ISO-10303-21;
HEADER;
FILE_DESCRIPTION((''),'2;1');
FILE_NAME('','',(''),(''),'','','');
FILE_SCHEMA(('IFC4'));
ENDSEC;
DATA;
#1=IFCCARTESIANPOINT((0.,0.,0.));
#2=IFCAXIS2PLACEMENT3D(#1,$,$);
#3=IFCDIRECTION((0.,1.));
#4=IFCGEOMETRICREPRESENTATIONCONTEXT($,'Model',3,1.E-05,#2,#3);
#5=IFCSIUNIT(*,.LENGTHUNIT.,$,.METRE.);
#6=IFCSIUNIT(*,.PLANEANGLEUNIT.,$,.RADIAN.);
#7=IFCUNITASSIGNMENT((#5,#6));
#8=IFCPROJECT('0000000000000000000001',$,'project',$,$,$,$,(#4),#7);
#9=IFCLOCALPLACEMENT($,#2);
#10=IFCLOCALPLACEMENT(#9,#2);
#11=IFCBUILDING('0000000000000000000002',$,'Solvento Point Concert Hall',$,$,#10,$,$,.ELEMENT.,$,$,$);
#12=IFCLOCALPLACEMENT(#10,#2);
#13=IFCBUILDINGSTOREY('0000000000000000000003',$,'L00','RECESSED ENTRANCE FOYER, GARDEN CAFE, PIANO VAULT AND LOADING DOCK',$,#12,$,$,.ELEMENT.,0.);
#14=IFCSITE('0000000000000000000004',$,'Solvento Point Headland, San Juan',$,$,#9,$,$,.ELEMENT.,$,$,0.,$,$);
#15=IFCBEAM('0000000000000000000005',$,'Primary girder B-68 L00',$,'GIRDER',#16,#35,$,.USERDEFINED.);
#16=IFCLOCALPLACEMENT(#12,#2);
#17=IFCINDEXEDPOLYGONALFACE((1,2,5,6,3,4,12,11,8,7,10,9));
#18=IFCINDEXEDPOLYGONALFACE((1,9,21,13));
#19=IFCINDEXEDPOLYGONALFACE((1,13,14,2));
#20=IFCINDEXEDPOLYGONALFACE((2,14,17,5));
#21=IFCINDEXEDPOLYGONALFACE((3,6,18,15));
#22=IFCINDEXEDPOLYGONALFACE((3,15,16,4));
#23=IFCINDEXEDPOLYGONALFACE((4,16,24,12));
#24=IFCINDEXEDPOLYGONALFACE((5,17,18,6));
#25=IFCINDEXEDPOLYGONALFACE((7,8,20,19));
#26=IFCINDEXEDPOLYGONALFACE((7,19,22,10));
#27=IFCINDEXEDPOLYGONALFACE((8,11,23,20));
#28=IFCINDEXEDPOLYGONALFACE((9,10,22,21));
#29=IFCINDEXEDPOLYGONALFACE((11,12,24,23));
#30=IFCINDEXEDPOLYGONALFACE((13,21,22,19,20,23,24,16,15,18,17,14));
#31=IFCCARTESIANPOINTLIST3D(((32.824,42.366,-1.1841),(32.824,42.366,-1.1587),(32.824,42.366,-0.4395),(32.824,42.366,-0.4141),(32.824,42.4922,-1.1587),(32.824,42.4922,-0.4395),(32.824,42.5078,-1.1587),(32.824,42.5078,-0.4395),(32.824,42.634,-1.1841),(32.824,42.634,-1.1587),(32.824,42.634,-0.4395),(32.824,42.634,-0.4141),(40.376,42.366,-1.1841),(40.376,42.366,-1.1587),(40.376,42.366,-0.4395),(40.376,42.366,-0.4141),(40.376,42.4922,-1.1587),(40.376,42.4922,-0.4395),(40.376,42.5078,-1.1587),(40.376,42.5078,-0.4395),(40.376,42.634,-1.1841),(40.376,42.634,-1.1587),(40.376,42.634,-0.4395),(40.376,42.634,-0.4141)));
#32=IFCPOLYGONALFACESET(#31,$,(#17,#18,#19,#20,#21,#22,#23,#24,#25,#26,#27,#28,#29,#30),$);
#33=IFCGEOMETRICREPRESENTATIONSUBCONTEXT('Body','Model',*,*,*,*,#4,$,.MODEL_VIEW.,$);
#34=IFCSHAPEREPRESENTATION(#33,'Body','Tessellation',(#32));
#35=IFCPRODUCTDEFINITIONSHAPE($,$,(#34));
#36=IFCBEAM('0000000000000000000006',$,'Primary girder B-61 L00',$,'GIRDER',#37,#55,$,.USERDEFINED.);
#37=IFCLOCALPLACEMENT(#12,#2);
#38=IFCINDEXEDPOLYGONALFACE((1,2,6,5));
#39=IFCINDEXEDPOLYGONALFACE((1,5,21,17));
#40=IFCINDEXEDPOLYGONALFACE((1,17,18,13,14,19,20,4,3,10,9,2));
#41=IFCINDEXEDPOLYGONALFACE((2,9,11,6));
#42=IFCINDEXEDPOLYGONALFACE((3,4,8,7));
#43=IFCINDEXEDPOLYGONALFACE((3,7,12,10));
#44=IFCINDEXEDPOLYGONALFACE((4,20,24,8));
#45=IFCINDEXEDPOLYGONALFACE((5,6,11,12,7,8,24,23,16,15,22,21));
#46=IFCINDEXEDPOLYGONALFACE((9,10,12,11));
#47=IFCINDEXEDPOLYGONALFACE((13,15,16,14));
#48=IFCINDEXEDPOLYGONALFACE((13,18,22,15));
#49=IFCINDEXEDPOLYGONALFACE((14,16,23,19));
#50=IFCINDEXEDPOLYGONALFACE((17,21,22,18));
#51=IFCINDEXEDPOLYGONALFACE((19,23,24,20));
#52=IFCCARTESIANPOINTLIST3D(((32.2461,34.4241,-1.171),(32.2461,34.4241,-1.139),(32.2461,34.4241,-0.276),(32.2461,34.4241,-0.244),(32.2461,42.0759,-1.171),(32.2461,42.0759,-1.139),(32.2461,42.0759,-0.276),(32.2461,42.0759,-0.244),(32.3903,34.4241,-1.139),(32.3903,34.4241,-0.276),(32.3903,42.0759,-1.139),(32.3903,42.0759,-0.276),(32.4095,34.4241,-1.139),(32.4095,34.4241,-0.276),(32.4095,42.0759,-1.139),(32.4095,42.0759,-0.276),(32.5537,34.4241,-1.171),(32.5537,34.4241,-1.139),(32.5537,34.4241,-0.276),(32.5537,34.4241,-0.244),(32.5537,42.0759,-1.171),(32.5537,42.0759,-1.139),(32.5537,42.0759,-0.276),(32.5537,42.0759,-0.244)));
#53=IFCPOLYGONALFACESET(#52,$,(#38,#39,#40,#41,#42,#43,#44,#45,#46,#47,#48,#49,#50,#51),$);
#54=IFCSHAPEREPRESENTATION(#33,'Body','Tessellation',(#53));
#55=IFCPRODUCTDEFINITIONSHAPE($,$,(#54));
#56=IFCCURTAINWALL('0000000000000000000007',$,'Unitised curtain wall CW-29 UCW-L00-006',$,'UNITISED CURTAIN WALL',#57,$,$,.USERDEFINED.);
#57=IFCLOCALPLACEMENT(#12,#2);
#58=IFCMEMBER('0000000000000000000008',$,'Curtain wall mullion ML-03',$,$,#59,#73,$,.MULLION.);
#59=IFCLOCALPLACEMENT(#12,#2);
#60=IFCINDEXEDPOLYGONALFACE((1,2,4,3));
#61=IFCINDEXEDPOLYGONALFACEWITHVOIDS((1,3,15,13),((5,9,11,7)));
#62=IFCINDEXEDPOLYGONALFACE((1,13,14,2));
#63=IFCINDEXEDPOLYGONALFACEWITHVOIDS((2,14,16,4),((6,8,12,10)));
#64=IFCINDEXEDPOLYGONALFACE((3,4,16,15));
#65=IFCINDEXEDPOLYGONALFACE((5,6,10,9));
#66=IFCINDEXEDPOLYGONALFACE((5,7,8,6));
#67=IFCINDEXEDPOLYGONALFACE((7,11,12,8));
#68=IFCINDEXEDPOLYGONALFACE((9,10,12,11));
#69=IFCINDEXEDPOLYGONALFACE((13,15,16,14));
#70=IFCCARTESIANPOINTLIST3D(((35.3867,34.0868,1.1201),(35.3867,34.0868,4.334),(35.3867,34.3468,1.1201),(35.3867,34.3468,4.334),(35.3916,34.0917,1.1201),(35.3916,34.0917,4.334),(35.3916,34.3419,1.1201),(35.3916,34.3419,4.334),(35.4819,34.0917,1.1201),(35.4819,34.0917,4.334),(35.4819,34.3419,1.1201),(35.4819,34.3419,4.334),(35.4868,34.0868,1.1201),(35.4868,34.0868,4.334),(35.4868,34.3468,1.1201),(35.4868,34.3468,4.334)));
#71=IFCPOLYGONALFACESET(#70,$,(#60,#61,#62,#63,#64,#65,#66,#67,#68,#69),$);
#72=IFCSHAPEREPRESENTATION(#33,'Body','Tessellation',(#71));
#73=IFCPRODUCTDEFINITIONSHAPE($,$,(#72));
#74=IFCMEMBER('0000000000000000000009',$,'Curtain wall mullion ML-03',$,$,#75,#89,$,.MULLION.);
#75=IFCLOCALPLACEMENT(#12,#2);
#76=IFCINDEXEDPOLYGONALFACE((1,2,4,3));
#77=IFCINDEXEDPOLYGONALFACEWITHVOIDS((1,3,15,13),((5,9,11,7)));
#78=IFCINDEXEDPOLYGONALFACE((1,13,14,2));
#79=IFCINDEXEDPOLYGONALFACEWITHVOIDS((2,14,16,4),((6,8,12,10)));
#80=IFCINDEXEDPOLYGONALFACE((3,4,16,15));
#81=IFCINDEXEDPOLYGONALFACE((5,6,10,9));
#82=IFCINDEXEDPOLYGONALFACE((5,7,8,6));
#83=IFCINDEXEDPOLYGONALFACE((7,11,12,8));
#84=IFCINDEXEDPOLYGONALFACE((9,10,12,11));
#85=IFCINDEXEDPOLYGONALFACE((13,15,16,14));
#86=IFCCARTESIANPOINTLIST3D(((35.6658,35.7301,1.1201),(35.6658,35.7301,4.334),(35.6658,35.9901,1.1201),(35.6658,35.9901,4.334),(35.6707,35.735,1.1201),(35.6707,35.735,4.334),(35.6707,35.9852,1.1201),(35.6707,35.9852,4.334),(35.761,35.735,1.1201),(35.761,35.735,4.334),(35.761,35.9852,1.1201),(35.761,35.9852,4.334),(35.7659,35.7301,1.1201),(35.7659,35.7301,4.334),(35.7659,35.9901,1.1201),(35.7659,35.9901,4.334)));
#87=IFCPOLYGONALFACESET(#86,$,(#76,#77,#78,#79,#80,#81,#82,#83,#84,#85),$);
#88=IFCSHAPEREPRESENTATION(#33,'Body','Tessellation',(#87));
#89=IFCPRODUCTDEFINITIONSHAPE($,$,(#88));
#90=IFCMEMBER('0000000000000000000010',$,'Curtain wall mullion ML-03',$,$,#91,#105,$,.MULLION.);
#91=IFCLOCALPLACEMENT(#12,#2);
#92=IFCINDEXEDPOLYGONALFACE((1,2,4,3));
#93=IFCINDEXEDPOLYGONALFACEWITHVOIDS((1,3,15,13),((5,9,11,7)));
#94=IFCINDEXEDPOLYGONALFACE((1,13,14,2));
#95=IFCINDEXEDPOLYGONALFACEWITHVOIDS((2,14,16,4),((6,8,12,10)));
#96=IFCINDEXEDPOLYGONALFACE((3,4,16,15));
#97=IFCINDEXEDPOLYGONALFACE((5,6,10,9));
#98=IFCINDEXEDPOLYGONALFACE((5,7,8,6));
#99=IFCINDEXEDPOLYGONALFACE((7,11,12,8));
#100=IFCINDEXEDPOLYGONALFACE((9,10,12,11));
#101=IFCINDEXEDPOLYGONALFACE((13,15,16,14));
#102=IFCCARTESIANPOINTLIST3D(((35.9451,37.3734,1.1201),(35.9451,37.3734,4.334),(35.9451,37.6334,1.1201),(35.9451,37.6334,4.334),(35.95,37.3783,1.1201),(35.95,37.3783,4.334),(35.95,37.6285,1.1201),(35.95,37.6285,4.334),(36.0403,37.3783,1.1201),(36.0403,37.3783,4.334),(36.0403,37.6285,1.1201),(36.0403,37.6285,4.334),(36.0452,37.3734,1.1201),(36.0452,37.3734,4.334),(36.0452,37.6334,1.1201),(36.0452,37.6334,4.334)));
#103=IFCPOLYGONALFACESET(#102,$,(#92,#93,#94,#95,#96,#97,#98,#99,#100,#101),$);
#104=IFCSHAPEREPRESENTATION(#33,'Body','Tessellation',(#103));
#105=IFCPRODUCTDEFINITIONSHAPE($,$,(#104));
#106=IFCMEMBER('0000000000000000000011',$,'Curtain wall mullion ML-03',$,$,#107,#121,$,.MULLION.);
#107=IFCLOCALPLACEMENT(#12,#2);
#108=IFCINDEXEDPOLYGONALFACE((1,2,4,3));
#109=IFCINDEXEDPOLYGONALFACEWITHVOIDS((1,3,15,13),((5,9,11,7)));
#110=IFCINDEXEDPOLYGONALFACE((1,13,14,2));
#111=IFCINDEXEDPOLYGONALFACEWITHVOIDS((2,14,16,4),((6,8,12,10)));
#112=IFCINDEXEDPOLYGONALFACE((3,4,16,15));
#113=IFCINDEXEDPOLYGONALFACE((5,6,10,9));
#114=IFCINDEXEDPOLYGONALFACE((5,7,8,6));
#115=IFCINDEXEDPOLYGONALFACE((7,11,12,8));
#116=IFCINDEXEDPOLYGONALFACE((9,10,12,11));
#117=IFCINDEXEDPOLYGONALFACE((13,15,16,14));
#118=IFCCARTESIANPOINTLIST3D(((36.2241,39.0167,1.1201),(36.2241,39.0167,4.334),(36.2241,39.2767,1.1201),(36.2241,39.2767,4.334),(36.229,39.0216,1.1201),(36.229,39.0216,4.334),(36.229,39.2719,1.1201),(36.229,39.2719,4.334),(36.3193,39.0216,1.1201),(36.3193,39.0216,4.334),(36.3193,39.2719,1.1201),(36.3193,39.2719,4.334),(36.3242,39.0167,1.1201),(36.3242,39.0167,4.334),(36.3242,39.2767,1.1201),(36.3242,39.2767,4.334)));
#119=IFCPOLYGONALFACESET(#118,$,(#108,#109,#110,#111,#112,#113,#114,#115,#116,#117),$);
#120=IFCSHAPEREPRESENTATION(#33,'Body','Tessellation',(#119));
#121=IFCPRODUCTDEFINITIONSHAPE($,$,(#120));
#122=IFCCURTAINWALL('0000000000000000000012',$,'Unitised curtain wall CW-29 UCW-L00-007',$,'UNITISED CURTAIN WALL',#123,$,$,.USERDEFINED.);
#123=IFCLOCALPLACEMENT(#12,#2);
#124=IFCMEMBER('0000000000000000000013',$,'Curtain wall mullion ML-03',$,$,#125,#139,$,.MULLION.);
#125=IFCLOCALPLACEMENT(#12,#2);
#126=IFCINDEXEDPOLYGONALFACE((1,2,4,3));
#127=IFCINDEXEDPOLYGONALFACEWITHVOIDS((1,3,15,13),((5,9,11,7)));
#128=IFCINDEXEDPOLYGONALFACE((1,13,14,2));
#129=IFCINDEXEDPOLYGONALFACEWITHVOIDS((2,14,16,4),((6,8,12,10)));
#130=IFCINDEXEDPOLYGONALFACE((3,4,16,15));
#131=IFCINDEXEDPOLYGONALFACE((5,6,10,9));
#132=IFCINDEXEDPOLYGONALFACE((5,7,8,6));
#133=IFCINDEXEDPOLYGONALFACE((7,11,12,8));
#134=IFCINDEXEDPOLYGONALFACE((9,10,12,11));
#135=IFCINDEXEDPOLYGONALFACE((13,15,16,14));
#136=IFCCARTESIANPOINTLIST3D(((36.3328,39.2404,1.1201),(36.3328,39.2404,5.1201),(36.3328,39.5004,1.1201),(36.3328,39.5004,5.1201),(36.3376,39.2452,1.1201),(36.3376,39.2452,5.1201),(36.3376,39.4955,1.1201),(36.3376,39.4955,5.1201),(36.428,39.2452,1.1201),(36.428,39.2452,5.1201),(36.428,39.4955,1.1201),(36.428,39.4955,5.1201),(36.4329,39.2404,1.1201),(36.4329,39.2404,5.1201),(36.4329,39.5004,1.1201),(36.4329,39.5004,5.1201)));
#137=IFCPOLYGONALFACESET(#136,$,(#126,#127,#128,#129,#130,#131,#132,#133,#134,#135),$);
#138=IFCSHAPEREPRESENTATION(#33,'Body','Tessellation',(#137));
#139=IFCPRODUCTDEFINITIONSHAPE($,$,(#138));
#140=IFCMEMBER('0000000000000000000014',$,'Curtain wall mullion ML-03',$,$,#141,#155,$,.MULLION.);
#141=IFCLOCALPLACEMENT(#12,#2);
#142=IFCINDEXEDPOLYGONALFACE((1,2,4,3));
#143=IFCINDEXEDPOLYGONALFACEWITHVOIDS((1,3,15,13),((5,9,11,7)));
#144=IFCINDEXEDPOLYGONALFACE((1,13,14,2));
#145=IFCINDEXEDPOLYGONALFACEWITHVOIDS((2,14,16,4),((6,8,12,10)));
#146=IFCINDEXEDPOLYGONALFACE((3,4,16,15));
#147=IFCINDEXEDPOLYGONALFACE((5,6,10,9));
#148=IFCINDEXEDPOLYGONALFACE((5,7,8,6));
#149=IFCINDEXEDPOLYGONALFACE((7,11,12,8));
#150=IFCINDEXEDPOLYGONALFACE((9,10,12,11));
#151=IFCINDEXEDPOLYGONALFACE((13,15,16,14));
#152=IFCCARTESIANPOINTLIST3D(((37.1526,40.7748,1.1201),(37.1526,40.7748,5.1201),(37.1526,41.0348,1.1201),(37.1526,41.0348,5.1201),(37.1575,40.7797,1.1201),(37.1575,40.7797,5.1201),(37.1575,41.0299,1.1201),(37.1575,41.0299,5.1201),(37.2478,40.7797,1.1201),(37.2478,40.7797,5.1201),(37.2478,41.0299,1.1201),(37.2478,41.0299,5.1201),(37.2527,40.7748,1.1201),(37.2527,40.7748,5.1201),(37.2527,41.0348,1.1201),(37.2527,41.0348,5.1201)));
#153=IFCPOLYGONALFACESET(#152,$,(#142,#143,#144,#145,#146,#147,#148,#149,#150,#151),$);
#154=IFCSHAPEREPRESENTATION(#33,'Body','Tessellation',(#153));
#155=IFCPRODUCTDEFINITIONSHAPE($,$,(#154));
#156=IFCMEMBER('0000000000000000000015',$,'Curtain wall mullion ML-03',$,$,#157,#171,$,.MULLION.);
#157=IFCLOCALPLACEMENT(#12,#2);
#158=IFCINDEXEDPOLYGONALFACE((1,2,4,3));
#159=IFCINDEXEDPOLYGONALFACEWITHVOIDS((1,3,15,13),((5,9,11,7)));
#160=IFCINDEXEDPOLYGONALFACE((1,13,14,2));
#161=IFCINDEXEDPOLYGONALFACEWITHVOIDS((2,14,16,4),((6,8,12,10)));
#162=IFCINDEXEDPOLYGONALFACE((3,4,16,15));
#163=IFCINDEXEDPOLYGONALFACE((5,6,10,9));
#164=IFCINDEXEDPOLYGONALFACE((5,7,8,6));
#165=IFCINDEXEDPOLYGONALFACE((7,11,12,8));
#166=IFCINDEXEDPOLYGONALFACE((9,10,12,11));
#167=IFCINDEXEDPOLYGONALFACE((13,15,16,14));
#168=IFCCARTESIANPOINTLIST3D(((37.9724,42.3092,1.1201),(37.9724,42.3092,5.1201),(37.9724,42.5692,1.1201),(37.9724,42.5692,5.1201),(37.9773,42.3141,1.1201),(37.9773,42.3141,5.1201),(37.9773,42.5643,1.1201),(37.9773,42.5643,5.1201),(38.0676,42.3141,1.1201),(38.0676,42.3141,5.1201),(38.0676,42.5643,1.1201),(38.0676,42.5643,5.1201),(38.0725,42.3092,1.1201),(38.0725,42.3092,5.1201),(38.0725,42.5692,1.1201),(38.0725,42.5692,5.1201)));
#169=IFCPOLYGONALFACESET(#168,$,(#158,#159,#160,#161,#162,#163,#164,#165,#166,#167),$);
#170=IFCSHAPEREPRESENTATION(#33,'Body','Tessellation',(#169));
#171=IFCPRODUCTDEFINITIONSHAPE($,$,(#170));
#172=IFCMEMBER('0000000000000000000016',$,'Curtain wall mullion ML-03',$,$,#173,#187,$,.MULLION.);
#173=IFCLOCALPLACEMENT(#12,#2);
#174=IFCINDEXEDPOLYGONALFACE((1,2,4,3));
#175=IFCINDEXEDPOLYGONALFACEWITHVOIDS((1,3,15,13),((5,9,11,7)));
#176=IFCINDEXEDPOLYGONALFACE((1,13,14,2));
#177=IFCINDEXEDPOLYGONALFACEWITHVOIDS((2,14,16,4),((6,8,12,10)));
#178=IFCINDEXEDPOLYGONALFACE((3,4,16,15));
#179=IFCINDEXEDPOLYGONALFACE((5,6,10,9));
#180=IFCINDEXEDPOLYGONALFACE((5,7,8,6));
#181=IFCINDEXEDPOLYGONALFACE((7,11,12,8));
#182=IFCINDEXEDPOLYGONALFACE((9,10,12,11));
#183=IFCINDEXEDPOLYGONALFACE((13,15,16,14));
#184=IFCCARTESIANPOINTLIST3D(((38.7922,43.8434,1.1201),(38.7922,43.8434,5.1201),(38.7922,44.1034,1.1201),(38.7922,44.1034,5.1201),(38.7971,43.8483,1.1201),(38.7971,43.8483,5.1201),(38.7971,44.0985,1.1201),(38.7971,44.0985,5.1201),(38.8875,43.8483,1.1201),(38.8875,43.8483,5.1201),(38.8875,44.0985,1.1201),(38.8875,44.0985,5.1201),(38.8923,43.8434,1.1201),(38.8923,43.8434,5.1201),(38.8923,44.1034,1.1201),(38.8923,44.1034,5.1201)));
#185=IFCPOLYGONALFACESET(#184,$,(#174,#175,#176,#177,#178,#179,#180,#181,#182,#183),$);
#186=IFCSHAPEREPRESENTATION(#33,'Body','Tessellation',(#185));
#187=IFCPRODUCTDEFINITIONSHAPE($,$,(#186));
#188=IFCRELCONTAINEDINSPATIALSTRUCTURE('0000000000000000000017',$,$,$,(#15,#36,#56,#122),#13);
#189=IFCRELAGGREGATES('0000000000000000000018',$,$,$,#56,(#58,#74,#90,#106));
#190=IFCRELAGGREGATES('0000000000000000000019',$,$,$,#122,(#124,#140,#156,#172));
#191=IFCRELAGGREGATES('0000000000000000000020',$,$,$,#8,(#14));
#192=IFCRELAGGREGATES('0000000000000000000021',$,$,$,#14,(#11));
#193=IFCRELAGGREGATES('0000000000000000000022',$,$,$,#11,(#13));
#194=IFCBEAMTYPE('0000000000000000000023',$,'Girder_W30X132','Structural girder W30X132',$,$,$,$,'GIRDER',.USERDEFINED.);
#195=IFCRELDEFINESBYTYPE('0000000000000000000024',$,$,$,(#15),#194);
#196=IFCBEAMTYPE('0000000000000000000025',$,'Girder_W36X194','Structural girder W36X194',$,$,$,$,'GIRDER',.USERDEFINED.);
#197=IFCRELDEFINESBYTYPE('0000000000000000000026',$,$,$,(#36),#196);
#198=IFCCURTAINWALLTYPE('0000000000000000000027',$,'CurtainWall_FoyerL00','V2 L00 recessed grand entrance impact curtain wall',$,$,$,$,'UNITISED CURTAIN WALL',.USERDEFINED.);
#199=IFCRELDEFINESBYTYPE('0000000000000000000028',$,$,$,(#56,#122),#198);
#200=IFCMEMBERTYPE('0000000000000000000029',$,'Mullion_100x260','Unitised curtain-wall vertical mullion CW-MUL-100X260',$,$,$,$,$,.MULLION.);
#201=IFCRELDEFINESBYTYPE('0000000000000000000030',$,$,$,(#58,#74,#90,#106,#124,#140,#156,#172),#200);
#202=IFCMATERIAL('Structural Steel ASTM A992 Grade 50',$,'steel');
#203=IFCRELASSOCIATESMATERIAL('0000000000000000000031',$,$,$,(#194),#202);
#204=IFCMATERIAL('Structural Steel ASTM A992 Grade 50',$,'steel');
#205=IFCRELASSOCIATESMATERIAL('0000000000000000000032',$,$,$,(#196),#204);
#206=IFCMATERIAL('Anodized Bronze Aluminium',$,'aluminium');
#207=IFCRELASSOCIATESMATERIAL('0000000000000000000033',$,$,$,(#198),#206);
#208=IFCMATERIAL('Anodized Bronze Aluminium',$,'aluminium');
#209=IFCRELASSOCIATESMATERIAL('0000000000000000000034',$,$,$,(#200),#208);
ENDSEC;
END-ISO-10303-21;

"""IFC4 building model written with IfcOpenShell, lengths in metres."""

from ifc_helpers import new_model, si_unit, direction, frame, origin, origin_2d, place, context, subcontext, project, spatial, hollow_rectangle, i_section, extrude, material, material_profile, profile_set, type_object, element, aggregate, save


model = new_model("IFC4")

# Units and contexts
model_context = context("Model", 3, precision=1e-05, world=origin(), true_north=direction((0.0, 1.0)))
body_context = subcontext(model_context, "Body", "Model", "MODEL_VIEW")
ifc_project = project(units=[si_unit("LENGTHUNIT", "METRE"), si_unit("PLANEANGLEUNIT", "RADIAN")], contexts=[model_context])

# Site, building, storey
site_placement = place(None, origin())
site = spatial("IfcSite", under=ifc_project, at=site_placement, Name="Solvento Point Headland, San Juan", CompositionType="ELEMENT", RefElevation=0.0)
building_placement = place(site_placement, origin())
building = spatial("IfcBuilding", under=site, at=building_placement, Name="Solvento Point Concert Hall", CompositionType="ELEMENT")
storey_placement = place(building_placement, origin())
storey = spatial("IfcBuildingStorey", under=building, at=storey_placement, Name="L00", Description="RECESSED ENTRANCE FOYER, GARDEN CAFE, PIANO VAULT AND LOADING DOCK", CompositionType="ELEMENT", Elevation=0.0)

# Beams
ifc_material_1 = material(Name="Structural Steel ASTM A992 Grade 50", Category="steel")
ifc_material_profile_1 = material_profile(ifc_material_1, i_section(OverallWidth=0.2681, OverallDepth=0.77, WebThickness=0.0156, FlangeThickness=0.0254, at=origin_2d()), Name="W30X132")
ifc_profile_set_1 = profile_set([ifc_material_profile_1], Name="Structural Steel ASTM A992 Grade 50")
beam_type_1 = type_object("IfcBeamType", Name="Girder_W30X132", Description="Structural girder W30X132", ElementType="GIRDER", PredefinedType="USERDEFINED", material=ifc_profile_set_1)
beam_1_placement = place(storey_placement, frame((32.824, 42.5, -0.7991), z_axis=(1.0, 0.0, 0.0), x_axis=(0.0, 1.0, 0.0)))
element("IfcBeam", 1, at=beam_1_placement, inside=storey, type_object=beam_type_1, Name="Primary girder B-68 L00", ObjectType="GIRDER", PredefinedType="USERDEFINED", context=body_context, shape_type="SweptSolid", body=[
    extrude(i_section(OverallWidth=0.2681, OverallDepth=0.77, WebThickness=0.0156, FlangeThickness=0.0254, at=origin_2d()), origin(), (0.0, 0.0, 1.0), 7.552),
])
ifc_material_2 = material(Name="Structural Steel ASTM A992 Grade 50", Category="steel")
ifc_material_profile_2 = material_profile(ifc_material_2, i_section(OverallWidth=0.3076, OverallDepth=0.927, WebThickness=0.0193, FlangeThickness=0.032, at=origin_2d()), Name="W36X194")
ifc_profile_set_2 = profile_set([ifc_material_profile_2], Name="Structural Steel ASTM A992 Grade 50")
beam_type_2 = type_object("IfcBeamType", Name="Girder_W36X194", Description="Structural girder W36X194", ElementType="GIRDER", PredefinedType="USERDEFINED", material=ifc_profile_set_2)
beam_2_placement = place(storey_placement, frame((32.3999, 34.4241, -0.7075), z_axis=(0.0, 1.0, 0.0), x_axis=(-1.0, 0.0, 0.0)))
element("IfcBeam", 2, at=beam_2_placement, inside=storey, type_object=beam_type_2, Name="Primary girder B-61 L00", ObjectType="GIRDER", PredefinedType="USERDEFINED", context=body_context, shape_type="SweptSolid", body=[
    extrude(i_section(OverallWidth=0.3076, OverallDepth=0.927, WebThickness=0.0193, FlangeThickness=0.032, at=origin_2d()), origin(), (0.0, 0.0, 1.0), 7.6519),
])

# Curtain walls, members
ifc_material_3 = material(Name="Anodized Bronze Aluminium", Category="aluminium")
curtain_wall_type = type_object("IfcCurtainWallType", Name="CurtainWall_FoyerL00", Description="V2 L00 recessed grand entrance impact curtain wall", ElementType="UNITISED CURTAIN WALL", PredefinedType="USERDEFINED", material=ifc_material_3)
curtain_wall_1_placement = place(storey_placement, origin())
curtain_wall_1 = element("IfcCurtainWall", 3, at=curtain_wall_1_placement, inside=storey, type_object=curtain_wall_type, Name="Unitised curtain wall CW-29 UCW-L00-006", ObjectType="UNITISED CURTAIN WALL", PredefinedType="USERDEFINED")
ifc_material_4 = material(Name="Anodized Bronze Aluminium", Category="aluminium")
ifc_material_profile_3 = material_profile(ifc_material_4, hollow_rectangle(XDim=0.1001, YDim=0.26, WallThickness=0.0049, at=origin_2d()), Name="CW-MUL-100X260")
ifc_profile_set_3 = profile_set([ifc_material_profile_3], Name="Anodized Bronze Aluminium")
member_type_1 = type_object("IfcMemberType", Name="Mullion_100x260", Description="Unitised curtain-wall vertical mullion CW-MUL-100X260", PredefinedType="MULLION", material=ifc_profile_set_3)
member_1_placement = place(storey_placement, frame((35.4368, 34.2168, 1.1201), z_axis=(0.0, 0.0, 1.0), x_axis=(1.0, 0.0, 0.0)))
member_1 = element("IfcMember", 4, at=member_1_placement, type_object=member_type_1, Name="Curtain wall mullion ML-03", PredefinedType="MULLION", context=body_context, shape_type="SweptSolid", body=[
    extrude(hollow_rectangle(XDim=0.1001, YDim=0.26, WallThickness=0.0049, at=origin_2d()), origin(), (0.0, 0.0, 1.0), 3.2139),
])
member_2_placement = place(storey_placement, frame((35.7158, 35.8601, 1.1201), z_axis=(0.0, 0.0, 1.0), x_axis=(1.0, 0.0, 0.0)))
member_2 = element("IfcMember", 5, at=member_2_placement, type_object=member_type_1, Name="Curtain wall mullion ML-03", PredefinedType="MULLION", context=body_context, shape_type="SweptSolid", body=[
    extrude(hollow_rectangle(XDim=0.1001, YDim=0.26, WallThickness=0.0049, at=origin_2d()), origin(), (0.0, 0.0, 1.0), 3.2139),
])
member_3_placement = place(storey_placement, frame((35.9951, 37.5034, 1.1201), z_axis=(0.0, 0.0, 1.0), x_axis=(1.0, 0.0, 0.0)))
member_3 = element("IfcMember", 6, at=member_3_placement, type_object=member_type_1, Name="Curtain wall mullion ML-03", PredefinedType="MULLION", context=body_context, shape_type="SweptSolid", body=[
    extrude(hollow_rectangle(XDim=0.1001, YDim=0.26, WallThickness=0.0049, at=origin_2d()), origin(), (0.0, 0.0, 1.0), 3.2139),
])
member_4_placement = place(storey_placement, frame((36.2742, 39.1467, 1.1201), z_axis=(0.0, 0.0, 1.0), x_axis=(1.0, 0.0, 0.0)))
member_4 = element("IfcMember", 7, at=member_4_placement, type_object=member_type_1, Name="Curtain wall mullion ML-03", PredefinedType="MULLION", context=body_context, shape_type="SweptSolid", body=[
    extrude(hollow_rectangle(XDim=0.1001, YDim=0.26, WallThickness=0.0049, at=origin_2d()), origin(), (0.0, 0.0, 1.0), 3.2139),
])
curtain_wall_2_placement = place(storey_placement, origin())
curtain_wall_2 = element("IfcCurtainWall", 8, at=curtain_wall_2_placement, inside=storey, type_object=curtain_wall_type, Name="Unitised curtain wall CW-29 UCW-L00-007", ObjectType="UNITISED CURTAIN WALL", PredefinedType="USERDEFINED")
member_5_placement = place(storey_placement, frame((36.3828, 39.3704, 1.1201), z_axis=(0.0, 0.0, 1.0), x_axis=(1.0, 0.0, 0.0)))
member_5 = element("IfcMember", 9, at=member_5_placement, type_object=member_type_1, Name="Curtain wall mullion ML-03", PredefinedType="MULLION", context=body_context, shape_type="SweptSolid", body=[
    extrude(hollow_rectangle(XDim=0.1001, YDim=0.26, WallThickness=0.0049, at=origin_2d()), origin(), (0.0, 0.0, 1.0), 4.0),
])
member_6_placement = place(storey_placement, frame((37.2026, 40.9048, 1.1201), z_axis=(0.0, 0.0, 1.0), x_axis=(1.0, 0.0, 0.0)))
member_6 = element("IfcMember", 10, at=member_6_placement, type_object=member_type_1, Name="Curtain wall mullion ML-03", PredefinedType="MULLION", context=body_context, shape_type="SweptSolid", body=[
    extrude(hollow_rectangle(XDim=0.1001, YDim=0.26, WallThickness=0.0049, at=origin_2d()), origin(), (0.0, 0.0, 1.0), 4.0),
])
member_7_placement = place(storey_placement, frame((38.0225, 42.4392, 1.1201), z_axis=(0.0, 0.0, 1.0), x_axis=(1.0, 0.0, 0.0)))
member_7 = element("IfcMember", 11, at=member_7_placement, type_object=member_type_1, Name="Curtain wall mullion ML-03", PredefinedType="MULLION", context=body_context, shape_type="SweptSolid", body=[
    extrude(hollow_rectangle(XDim=0.1001, YDim=0.26, WallThickness=0.0049, at=origin_2d()), origin(), (0.0, 0.0, 1.0), 4.0),
])
member_8_placement = place(storey_placement, frame((38.8423, 43.9734, 1.1201), z_axis=(0.0, 0.0, 1.0), x_axis=(1.0, 0.0, 0.0)))
member_8 = element("IfcMember", 12, at=member_8_placement, type_object=member_type_1, Name="Curtain wall mullion ML-03", PredefinedType="MULLION", context=body_context, shape_type="SweptSolid", body=[
    extrude(hollow_rectangle(XDim=0.1001, YDim=0.26, WallThickness=0.0049, at=origin_2d()), origin(), (0.0, 0.0, 1.0), 4.0),
])

aggregate(curtain_wall_1, [member_1, member_2, member_3, member_4])
aggregate(curtain_wall_2, [member_5, member_6, member_7, member_8])

save(model, "model.ifc")
